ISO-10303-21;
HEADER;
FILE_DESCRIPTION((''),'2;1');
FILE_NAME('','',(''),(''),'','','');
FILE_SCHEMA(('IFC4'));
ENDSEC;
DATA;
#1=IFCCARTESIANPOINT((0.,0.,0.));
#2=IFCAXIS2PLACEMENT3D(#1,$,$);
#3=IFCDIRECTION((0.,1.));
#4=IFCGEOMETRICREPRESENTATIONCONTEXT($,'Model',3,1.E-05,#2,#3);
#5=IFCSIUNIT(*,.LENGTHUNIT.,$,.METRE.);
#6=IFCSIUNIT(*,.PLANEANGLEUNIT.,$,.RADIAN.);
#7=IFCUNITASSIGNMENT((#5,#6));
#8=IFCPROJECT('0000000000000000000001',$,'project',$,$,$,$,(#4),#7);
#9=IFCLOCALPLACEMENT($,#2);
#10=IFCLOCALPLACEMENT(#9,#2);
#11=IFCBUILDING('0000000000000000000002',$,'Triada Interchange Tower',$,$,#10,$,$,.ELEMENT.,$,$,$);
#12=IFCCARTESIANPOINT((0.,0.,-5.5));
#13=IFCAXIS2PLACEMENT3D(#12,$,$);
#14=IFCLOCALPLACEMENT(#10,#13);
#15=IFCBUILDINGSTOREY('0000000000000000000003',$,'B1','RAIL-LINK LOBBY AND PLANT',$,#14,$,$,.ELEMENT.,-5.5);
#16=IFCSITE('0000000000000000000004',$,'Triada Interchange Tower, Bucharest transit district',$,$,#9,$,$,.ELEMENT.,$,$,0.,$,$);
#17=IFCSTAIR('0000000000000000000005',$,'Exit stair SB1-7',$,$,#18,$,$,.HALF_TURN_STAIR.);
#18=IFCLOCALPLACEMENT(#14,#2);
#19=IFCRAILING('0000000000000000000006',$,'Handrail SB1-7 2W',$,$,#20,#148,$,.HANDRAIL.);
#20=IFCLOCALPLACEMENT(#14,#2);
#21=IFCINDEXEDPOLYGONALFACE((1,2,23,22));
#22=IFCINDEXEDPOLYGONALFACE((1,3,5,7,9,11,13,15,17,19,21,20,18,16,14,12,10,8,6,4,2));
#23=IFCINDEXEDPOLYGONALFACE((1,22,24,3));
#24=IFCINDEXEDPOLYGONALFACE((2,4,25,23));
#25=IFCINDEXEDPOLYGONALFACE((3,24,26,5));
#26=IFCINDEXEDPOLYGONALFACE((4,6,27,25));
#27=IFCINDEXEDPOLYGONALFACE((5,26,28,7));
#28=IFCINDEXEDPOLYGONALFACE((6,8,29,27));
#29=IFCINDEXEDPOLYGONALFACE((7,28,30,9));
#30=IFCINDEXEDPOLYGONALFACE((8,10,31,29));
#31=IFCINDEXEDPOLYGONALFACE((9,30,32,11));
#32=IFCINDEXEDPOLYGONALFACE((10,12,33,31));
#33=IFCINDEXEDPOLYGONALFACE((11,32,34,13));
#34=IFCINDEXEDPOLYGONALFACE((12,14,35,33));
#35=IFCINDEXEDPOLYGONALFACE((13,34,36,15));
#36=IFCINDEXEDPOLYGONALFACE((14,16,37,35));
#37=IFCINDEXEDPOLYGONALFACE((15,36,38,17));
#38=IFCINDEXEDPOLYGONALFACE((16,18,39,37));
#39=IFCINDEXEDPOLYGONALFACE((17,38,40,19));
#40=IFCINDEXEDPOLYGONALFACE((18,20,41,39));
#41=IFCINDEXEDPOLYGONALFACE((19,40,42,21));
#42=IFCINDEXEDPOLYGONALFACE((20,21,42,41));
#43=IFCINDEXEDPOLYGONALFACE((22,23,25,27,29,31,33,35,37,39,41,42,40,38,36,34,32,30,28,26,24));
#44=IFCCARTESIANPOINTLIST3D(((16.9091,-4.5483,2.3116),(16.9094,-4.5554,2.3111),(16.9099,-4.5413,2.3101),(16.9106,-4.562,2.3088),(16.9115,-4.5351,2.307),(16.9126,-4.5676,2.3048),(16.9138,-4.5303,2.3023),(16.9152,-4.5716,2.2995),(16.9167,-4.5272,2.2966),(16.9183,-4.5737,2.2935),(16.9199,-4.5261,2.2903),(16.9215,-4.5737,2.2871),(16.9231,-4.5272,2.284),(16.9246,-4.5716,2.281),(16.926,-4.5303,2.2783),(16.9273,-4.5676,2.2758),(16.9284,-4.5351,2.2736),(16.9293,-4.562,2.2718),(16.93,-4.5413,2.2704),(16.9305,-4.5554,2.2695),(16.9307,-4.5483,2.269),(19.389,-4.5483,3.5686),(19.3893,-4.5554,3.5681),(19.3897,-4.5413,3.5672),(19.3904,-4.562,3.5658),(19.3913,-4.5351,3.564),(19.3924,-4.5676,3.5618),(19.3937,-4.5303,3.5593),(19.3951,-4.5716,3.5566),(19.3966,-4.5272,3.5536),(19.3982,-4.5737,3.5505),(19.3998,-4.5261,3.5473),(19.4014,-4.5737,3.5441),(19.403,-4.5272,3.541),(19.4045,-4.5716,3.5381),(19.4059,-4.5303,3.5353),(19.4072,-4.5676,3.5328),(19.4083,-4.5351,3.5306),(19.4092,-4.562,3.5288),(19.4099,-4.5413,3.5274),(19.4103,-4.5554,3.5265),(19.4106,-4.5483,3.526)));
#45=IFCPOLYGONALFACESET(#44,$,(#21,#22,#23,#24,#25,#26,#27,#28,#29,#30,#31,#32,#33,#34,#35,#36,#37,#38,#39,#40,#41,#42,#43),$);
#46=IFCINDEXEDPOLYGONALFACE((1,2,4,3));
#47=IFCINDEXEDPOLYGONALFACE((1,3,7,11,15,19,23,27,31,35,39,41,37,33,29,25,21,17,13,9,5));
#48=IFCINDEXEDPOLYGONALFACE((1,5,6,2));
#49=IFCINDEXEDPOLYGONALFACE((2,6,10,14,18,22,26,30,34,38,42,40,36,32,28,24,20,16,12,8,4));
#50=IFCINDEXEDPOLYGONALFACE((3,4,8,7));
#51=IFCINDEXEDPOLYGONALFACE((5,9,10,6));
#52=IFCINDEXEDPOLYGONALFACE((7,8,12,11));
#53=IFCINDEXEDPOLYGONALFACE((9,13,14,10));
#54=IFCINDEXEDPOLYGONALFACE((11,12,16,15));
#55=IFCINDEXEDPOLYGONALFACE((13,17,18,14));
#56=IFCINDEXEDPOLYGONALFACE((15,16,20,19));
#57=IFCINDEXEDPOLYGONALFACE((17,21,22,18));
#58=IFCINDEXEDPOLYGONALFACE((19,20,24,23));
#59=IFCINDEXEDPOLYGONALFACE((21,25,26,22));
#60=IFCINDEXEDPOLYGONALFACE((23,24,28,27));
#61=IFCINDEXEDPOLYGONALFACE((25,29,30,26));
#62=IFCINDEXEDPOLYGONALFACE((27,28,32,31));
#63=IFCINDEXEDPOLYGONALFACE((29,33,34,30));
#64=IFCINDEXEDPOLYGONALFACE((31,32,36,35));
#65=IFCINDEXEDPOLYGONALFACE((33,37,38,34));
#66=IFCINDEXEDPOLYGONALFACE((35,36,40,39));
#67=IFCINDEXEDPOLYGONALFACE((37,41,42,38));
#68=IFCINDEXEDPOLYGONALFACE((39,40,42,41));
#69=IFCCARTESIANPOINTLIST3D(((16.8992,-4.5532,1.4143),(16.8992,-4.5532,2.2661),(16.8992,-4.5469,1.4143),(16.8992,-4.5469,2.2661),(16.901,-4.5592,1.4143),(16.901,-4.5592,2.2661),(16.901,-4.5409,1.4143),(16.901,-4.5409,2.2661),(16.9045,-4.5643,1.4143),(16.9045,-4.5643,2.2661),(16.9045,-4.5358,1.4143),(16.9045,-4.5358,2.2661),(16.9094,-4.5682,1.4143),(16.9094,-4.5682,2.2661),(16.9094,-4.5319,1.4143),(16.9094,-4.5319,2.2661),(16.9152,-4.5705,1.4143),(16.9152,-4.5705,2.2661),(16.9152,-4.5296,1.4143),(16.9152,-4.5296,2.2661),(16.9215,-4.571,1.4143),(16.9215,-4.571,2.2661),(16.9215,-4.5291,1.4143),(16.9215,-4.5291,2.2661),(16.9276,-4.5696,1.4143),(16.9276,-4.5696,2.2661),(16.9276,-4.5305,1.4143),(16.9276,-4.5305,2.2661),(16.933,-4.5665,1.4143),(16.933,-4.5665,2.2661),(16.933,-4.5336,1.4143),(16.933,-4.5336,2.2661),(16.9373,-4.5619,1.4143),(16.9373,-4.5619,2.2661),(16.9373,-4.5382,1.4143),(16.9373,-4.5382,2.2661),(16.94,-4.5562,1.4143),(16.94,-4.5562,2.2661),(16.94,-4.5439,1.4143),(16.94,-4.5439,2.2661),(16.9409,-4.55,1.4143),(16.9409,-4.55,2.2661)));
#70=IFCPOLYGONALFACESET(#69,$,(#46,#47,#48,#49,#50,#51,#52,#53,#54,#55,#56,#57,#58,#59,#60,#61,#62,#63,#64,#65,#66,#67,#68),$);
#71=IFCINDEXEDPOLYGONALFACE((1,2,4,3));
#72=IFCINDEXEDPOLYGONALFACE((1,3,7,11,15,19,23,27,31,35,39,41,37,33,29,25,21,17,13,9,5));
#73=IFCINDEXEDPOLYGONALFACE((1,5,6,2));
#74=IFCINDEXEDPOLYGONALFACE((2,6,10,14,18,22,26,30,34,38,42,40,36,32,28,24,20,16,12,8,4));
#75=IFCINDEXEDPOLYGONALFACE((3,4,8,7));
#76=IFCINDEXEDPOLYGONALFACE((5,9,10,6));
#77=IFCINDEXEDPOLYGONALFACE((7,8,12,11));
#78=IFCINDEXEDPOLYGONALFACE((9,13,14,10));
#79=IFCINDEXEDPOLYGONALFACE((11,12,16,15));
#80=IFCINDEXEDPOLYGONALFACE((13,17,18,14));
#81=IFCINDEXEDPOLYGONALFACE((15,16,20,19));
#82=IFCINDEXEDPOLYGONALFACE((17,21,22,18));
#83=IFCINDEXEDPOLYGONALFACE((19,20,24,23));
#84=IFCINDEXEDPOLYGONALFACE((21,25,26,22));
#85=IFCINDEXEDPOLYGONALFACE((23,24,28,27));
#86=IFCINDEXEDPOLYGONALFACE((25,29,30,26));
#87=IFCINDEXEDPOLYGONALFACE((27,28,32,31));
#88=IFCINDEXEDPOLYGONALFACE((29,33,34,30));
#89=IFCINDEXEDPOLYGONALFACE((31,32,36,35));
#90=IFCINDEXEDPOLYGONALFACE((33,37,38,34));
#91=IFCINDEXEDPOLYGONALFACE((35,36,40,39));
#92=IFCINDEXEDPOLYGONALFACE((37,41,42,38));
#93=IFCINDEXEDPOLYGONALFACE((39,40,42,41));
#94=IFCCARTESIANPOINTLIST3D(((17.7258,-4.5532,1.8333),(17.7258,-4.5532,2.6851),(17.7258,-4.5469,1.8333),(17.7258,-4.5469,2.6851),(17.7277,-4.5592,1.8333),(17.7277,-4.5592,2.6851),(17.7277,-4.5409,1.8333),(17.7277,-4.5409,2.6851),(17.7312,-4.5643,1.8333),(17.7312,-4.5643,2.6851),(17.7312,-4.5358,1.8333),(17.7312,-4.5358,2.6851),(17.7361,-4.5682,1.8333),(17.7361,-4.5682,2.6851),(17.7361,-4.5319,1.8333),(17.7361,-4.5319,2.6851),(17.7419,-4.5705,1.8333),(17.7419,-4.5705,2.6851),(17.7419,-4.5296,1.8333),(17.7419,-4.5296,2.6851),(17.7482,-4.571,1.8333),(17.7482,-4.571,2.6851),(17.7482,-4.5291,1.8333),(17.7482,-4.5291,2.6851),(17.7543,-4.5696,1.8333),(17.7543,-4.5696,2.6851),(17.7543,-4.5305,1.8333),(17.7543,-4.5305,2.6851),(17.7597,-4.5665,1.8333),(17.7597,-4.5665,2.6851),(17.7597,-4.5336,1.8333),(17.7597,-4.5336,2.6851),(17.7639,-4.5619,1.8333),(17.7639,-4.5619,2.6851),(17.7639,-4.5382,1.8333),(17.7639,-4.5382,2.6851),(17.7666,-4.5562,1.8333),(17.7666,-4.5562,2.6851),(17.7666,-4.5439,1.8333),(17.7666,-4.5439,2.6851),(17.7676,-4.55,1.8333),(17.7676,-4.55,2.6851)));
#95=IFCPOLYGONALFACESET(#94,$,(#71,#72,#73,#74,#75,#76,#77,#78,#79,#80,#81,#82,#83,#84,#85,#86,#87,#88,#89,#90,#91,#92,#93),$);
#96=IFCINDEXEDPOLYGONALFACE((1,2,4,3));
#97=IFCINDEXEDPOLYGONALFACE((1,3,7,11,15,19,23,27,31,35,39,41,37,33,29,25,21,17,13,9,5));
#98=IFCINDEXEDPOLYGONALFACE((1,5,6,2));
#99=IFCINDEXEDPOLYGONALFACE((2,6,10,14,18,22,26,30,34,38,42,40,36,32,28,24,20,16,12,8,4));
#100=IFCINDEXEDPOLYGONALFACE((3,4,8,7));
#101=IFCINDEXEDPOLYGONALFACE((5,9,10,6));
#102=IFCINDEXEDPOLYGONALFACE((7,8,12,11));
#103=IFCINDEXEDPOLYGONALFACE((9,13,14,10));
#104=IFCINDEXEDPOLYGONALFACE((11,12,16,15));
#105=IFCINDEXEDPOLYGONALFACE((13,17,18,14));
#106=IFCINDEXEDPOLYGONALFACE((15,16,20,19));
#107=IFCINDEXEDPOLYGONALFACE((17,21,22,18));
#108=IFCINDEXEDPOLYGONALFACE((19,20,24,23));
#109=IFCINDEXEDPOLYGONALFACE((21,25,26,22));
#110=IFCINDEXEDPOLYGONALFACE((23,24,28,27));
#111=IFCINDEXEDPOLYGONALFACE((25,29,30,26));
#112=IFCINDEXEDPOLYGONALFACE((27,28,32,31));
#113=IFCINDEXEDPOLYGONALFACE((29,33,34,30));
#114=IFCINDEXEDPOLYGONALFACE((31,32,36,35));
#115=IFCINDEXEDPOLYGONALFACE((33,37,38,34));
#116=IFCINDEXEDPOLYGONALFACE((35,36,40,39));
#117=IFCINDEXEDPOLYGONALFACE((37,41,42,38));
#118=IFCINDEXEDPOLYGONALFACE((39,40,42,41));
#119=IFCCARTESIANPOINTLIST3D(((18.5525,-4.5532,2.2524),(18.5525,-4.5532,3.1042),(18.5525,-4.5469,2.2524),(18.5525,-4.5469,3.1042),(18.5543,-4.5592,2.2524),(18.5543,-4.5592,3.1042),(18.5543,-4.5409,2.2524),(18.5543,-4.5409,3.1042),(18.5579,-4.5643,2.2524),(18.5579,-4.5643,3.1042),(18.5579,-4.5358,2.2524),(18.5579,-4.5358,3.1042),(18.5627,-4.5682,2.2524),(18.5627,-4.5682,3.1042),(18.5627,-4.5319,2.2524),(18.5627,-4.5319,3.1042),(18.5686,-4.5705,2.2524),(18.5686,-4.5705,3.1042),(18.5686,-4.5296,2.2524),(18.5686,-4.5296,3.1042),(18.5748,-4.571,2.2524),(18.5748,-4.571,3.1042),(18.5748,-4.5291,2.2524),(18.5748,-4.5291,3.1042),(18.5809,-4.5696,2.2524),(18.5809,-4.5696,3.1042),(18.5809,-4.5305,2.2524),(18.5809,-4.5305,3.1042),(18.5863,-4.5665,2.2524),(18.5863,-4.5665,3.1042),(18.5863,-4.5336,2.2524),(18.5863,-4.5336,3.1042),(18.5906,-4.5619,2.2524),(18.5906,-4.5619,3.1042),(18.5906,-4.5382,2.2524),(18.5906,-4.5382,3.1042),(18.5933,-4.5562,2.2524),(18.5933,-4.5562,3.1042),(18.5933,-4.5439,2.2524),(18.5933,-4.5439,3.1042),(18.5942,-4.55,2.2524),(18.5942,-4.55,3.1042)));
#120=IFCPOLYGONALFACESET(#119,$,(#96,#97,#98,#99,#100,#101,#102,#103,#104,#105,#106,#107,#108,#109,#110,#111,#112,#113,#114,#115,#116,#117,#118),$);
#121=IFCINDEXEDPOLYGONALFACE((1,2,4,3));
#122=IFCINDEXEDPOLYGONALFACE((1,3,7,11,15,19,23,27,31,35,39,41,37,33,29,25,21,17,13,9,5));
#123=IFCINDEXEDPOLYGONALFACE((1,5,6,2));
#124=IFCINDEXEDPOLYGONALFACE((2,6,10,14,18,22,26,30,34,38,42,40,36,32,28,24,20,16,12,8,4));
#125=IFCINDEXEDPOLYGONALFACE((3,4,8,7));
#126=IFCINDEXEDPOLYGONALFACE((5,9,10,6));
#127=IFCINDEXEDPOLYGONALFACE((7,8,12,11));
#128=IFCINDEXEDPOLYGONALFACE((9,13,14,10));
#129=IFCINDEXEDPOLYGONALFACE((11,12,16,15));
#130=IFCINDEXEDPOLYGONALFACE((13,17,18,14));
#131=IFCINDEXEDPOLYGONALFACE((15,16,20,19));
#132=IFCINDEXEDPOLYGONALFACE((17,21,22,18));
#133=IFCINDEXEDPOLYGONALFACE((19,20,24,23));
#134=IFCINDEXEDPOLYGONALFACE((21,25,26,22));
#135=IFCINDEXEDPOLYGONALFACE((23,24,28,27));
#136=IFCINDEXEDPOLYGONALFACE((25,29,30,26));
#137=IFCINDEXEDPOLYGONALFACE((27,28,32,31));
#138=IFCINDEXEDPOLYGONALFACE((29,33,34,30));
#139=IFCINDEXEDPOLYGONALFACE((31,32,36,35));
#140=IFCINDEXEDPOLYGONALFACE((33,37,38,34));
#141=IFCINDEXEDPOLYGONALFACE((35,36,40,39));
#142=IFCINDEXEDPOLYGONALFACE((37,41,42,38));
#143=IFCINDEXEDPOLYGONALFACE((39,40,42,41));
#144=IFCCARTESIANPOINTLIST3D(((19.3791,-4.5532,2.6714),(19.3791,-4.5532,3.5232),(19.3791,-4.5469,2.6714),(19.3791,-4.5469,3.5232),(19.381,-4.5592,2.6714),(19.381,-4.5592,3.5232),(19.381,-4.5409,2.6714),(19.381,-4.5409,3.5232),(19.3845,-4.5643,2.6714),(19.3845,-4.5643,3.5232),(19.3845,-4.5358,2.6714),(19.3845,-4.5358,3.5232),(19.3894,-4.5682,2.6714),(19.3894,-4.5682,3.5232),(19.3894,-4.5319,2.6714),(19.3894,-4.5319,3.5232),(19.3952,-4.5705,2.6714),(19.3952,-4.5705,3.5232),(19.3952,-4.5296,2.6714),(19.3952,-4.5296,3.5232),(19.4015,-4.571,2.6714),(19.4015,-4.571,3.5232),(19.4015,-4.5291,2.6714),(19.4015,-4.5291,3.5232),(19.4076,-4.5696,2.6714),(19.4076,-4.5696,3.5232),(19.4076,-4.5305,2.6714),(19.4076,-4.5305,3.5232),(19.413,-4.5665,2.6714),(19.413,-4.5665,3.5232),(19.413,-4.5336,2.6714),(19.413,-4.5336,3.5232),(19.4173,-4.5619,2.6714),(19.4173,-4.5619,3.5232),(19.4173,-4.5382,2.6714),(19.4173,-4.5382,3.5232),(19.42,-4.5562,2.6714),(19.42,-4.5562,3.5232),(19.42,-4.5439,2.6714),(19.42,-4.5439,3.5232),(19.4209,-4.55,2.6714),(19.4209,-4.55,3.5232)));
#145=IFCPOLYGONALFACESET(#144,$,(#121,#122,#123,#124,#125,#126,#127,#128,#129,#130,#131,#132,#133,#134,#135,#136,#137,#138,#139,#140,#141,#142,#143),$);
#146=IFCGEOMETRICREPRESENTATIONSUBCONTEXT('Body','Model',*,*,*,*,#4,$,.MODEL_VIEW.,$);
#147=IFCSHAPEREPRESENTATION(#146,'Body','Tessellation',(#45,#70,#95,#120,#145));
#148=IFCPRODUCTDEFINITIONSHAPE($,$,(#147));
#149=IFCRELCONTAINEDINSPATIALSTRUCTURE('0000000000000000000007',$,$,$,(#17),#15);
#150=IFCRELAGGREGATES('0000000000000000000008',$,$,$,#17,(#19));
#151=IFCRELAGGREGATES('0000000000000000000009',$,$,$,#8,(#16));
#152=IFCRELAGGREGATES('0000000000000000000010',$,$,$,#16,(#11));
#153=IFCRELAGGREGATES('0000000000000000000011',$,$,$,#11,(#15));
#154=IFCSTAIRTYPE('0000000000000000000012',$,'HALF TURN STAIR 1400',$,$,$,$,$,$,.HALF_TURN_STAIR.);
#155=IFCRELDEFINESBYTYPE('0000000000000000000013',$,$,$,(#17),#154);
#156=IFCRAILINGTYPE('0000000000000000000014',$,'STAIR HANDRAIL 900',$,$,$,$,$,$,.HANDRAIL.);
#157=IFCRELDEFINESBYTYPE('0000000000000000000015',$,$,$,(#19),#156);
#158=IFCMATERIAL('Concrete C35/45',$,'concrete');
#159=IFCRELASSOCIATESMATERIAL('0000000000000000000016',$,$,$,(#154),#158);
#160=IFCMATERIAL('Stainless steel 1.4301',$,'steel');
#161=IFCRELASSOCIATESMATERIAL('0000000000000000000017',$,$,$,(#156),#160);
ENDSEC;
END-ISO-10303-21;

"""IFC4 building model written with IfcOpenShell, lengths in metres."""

from ifc_helpers import new_model, si_unit, direction, frame, origin, origin_2d, place, context, subcontext, project, spatial, circle, extrude, material, type_object, element, aggregate, save


model = new_model("IFC4")

# Units and contexts
model_context = context("Model", 3, precision=1e-05, world=origin(), true_north=direction((0.0, 1.0)))
body_context = subcontext(model_context, "Body", "Model", "MODEL_VIEW")
ifc_project = project(units=[si_unit("LENGTHUNIT", "METRE"), si_unit("PLANEANGLEUNIT", "RADIAN")], contexts=[model_context])

# Site, building, storey
site_placement = place(None, origin())
site = spatial("IfcSite", under=ifc_project, at=site_placement, Name="Triada Interchange Tower, Bucharest transit district", CompositionType="ELEMENT", RefElevation=0.0)
building_placement = place(site_placement, origin())
building = spatial("IfcBuilding", under=site, at=building_placement, Name="Triada Interchange Tower", CompositionType="ELEMENT")
storey_placement = place(building_placement, frame((0.0, 0.0, -5.5)))
storey = spatial("IfcBuildingStorey", under=building, at=storey_placement, Name="B1", Description="RAIL-LINK LOBBY AND PLANT", CompositionType="ELEMENT", Elevation=-5.5)

# Shared definitions
ifc_material_1 = material(Name="Concrete C35/45", Category="concrete")

# Stair
stair_type = type_object("IfcStairType", Name="HALF TURN STAIR 1400", PredefinedType="HALF_TURN_STAIR", material=ifc_material_1)
stair_1_placement = place(storey_placement, origin())
stair_1 = element("IfcStair", 1, at=stair_1_placement, inside=storey, type_object=stair_type, Name="Exit stair SB1-7", PredefinedType="HALF_TURN_STAIR")

# Shared definitions
ifc_material_2 = material(Name="Stainless steel 1.4301", Category="steel")
railing_type_1 = type_object("IfcRailingType", Name="STAIR HANDRAIL 900", PredefinedType="HANDRAIL", material=ifc_material_2)

# Railing
railing_1_placement = place(storey_placement, frame((16.9199, -4.55, 1.4143)))
railing_1 = element("IfcRailing", 2, at=railing_1_placement, type_object=railing_type_1, Name="Handrail SB1-7 2W", PredefinedType="HANDRAIL", context=body_context, shape_type="SweptSolid", body=[
    extrude(circle(Radius=0.0239, at=origin_2d()), frame((0.0, 0.0, 0.876), z_axis=(0.891955, 0.0, 0.452124), x_axis=(0.0, 1.0, 0.0)), (0.0, 0.0, 1.0), 2.7803),
    extrude(circle(Radius=0.021, at=origin_2d()), origin(), (0.0, 0.0, 1.0), 0.8518),
    extrude(circle(Radius=0.021, at=origin_2d()), frame((0.8267, 0.0, 0.4189)), (0.0, 0.0, 1.0), 0.8518),
    extrude(circle(Radius=0.021, at=origin_2d()), frame((1.6533, 0.0, 0.8381)), (0.0, 0.0, 1.0), 0.8518),
    extrude(circle(Radius=0.021, at=origin_2d()), frame((2.48, 0.0, 1.2571)), (0.0, 0.0, 1.0), 0.8518),
])
aggregate(stair_1, [railing_1])

save(model, "model.ifc")
